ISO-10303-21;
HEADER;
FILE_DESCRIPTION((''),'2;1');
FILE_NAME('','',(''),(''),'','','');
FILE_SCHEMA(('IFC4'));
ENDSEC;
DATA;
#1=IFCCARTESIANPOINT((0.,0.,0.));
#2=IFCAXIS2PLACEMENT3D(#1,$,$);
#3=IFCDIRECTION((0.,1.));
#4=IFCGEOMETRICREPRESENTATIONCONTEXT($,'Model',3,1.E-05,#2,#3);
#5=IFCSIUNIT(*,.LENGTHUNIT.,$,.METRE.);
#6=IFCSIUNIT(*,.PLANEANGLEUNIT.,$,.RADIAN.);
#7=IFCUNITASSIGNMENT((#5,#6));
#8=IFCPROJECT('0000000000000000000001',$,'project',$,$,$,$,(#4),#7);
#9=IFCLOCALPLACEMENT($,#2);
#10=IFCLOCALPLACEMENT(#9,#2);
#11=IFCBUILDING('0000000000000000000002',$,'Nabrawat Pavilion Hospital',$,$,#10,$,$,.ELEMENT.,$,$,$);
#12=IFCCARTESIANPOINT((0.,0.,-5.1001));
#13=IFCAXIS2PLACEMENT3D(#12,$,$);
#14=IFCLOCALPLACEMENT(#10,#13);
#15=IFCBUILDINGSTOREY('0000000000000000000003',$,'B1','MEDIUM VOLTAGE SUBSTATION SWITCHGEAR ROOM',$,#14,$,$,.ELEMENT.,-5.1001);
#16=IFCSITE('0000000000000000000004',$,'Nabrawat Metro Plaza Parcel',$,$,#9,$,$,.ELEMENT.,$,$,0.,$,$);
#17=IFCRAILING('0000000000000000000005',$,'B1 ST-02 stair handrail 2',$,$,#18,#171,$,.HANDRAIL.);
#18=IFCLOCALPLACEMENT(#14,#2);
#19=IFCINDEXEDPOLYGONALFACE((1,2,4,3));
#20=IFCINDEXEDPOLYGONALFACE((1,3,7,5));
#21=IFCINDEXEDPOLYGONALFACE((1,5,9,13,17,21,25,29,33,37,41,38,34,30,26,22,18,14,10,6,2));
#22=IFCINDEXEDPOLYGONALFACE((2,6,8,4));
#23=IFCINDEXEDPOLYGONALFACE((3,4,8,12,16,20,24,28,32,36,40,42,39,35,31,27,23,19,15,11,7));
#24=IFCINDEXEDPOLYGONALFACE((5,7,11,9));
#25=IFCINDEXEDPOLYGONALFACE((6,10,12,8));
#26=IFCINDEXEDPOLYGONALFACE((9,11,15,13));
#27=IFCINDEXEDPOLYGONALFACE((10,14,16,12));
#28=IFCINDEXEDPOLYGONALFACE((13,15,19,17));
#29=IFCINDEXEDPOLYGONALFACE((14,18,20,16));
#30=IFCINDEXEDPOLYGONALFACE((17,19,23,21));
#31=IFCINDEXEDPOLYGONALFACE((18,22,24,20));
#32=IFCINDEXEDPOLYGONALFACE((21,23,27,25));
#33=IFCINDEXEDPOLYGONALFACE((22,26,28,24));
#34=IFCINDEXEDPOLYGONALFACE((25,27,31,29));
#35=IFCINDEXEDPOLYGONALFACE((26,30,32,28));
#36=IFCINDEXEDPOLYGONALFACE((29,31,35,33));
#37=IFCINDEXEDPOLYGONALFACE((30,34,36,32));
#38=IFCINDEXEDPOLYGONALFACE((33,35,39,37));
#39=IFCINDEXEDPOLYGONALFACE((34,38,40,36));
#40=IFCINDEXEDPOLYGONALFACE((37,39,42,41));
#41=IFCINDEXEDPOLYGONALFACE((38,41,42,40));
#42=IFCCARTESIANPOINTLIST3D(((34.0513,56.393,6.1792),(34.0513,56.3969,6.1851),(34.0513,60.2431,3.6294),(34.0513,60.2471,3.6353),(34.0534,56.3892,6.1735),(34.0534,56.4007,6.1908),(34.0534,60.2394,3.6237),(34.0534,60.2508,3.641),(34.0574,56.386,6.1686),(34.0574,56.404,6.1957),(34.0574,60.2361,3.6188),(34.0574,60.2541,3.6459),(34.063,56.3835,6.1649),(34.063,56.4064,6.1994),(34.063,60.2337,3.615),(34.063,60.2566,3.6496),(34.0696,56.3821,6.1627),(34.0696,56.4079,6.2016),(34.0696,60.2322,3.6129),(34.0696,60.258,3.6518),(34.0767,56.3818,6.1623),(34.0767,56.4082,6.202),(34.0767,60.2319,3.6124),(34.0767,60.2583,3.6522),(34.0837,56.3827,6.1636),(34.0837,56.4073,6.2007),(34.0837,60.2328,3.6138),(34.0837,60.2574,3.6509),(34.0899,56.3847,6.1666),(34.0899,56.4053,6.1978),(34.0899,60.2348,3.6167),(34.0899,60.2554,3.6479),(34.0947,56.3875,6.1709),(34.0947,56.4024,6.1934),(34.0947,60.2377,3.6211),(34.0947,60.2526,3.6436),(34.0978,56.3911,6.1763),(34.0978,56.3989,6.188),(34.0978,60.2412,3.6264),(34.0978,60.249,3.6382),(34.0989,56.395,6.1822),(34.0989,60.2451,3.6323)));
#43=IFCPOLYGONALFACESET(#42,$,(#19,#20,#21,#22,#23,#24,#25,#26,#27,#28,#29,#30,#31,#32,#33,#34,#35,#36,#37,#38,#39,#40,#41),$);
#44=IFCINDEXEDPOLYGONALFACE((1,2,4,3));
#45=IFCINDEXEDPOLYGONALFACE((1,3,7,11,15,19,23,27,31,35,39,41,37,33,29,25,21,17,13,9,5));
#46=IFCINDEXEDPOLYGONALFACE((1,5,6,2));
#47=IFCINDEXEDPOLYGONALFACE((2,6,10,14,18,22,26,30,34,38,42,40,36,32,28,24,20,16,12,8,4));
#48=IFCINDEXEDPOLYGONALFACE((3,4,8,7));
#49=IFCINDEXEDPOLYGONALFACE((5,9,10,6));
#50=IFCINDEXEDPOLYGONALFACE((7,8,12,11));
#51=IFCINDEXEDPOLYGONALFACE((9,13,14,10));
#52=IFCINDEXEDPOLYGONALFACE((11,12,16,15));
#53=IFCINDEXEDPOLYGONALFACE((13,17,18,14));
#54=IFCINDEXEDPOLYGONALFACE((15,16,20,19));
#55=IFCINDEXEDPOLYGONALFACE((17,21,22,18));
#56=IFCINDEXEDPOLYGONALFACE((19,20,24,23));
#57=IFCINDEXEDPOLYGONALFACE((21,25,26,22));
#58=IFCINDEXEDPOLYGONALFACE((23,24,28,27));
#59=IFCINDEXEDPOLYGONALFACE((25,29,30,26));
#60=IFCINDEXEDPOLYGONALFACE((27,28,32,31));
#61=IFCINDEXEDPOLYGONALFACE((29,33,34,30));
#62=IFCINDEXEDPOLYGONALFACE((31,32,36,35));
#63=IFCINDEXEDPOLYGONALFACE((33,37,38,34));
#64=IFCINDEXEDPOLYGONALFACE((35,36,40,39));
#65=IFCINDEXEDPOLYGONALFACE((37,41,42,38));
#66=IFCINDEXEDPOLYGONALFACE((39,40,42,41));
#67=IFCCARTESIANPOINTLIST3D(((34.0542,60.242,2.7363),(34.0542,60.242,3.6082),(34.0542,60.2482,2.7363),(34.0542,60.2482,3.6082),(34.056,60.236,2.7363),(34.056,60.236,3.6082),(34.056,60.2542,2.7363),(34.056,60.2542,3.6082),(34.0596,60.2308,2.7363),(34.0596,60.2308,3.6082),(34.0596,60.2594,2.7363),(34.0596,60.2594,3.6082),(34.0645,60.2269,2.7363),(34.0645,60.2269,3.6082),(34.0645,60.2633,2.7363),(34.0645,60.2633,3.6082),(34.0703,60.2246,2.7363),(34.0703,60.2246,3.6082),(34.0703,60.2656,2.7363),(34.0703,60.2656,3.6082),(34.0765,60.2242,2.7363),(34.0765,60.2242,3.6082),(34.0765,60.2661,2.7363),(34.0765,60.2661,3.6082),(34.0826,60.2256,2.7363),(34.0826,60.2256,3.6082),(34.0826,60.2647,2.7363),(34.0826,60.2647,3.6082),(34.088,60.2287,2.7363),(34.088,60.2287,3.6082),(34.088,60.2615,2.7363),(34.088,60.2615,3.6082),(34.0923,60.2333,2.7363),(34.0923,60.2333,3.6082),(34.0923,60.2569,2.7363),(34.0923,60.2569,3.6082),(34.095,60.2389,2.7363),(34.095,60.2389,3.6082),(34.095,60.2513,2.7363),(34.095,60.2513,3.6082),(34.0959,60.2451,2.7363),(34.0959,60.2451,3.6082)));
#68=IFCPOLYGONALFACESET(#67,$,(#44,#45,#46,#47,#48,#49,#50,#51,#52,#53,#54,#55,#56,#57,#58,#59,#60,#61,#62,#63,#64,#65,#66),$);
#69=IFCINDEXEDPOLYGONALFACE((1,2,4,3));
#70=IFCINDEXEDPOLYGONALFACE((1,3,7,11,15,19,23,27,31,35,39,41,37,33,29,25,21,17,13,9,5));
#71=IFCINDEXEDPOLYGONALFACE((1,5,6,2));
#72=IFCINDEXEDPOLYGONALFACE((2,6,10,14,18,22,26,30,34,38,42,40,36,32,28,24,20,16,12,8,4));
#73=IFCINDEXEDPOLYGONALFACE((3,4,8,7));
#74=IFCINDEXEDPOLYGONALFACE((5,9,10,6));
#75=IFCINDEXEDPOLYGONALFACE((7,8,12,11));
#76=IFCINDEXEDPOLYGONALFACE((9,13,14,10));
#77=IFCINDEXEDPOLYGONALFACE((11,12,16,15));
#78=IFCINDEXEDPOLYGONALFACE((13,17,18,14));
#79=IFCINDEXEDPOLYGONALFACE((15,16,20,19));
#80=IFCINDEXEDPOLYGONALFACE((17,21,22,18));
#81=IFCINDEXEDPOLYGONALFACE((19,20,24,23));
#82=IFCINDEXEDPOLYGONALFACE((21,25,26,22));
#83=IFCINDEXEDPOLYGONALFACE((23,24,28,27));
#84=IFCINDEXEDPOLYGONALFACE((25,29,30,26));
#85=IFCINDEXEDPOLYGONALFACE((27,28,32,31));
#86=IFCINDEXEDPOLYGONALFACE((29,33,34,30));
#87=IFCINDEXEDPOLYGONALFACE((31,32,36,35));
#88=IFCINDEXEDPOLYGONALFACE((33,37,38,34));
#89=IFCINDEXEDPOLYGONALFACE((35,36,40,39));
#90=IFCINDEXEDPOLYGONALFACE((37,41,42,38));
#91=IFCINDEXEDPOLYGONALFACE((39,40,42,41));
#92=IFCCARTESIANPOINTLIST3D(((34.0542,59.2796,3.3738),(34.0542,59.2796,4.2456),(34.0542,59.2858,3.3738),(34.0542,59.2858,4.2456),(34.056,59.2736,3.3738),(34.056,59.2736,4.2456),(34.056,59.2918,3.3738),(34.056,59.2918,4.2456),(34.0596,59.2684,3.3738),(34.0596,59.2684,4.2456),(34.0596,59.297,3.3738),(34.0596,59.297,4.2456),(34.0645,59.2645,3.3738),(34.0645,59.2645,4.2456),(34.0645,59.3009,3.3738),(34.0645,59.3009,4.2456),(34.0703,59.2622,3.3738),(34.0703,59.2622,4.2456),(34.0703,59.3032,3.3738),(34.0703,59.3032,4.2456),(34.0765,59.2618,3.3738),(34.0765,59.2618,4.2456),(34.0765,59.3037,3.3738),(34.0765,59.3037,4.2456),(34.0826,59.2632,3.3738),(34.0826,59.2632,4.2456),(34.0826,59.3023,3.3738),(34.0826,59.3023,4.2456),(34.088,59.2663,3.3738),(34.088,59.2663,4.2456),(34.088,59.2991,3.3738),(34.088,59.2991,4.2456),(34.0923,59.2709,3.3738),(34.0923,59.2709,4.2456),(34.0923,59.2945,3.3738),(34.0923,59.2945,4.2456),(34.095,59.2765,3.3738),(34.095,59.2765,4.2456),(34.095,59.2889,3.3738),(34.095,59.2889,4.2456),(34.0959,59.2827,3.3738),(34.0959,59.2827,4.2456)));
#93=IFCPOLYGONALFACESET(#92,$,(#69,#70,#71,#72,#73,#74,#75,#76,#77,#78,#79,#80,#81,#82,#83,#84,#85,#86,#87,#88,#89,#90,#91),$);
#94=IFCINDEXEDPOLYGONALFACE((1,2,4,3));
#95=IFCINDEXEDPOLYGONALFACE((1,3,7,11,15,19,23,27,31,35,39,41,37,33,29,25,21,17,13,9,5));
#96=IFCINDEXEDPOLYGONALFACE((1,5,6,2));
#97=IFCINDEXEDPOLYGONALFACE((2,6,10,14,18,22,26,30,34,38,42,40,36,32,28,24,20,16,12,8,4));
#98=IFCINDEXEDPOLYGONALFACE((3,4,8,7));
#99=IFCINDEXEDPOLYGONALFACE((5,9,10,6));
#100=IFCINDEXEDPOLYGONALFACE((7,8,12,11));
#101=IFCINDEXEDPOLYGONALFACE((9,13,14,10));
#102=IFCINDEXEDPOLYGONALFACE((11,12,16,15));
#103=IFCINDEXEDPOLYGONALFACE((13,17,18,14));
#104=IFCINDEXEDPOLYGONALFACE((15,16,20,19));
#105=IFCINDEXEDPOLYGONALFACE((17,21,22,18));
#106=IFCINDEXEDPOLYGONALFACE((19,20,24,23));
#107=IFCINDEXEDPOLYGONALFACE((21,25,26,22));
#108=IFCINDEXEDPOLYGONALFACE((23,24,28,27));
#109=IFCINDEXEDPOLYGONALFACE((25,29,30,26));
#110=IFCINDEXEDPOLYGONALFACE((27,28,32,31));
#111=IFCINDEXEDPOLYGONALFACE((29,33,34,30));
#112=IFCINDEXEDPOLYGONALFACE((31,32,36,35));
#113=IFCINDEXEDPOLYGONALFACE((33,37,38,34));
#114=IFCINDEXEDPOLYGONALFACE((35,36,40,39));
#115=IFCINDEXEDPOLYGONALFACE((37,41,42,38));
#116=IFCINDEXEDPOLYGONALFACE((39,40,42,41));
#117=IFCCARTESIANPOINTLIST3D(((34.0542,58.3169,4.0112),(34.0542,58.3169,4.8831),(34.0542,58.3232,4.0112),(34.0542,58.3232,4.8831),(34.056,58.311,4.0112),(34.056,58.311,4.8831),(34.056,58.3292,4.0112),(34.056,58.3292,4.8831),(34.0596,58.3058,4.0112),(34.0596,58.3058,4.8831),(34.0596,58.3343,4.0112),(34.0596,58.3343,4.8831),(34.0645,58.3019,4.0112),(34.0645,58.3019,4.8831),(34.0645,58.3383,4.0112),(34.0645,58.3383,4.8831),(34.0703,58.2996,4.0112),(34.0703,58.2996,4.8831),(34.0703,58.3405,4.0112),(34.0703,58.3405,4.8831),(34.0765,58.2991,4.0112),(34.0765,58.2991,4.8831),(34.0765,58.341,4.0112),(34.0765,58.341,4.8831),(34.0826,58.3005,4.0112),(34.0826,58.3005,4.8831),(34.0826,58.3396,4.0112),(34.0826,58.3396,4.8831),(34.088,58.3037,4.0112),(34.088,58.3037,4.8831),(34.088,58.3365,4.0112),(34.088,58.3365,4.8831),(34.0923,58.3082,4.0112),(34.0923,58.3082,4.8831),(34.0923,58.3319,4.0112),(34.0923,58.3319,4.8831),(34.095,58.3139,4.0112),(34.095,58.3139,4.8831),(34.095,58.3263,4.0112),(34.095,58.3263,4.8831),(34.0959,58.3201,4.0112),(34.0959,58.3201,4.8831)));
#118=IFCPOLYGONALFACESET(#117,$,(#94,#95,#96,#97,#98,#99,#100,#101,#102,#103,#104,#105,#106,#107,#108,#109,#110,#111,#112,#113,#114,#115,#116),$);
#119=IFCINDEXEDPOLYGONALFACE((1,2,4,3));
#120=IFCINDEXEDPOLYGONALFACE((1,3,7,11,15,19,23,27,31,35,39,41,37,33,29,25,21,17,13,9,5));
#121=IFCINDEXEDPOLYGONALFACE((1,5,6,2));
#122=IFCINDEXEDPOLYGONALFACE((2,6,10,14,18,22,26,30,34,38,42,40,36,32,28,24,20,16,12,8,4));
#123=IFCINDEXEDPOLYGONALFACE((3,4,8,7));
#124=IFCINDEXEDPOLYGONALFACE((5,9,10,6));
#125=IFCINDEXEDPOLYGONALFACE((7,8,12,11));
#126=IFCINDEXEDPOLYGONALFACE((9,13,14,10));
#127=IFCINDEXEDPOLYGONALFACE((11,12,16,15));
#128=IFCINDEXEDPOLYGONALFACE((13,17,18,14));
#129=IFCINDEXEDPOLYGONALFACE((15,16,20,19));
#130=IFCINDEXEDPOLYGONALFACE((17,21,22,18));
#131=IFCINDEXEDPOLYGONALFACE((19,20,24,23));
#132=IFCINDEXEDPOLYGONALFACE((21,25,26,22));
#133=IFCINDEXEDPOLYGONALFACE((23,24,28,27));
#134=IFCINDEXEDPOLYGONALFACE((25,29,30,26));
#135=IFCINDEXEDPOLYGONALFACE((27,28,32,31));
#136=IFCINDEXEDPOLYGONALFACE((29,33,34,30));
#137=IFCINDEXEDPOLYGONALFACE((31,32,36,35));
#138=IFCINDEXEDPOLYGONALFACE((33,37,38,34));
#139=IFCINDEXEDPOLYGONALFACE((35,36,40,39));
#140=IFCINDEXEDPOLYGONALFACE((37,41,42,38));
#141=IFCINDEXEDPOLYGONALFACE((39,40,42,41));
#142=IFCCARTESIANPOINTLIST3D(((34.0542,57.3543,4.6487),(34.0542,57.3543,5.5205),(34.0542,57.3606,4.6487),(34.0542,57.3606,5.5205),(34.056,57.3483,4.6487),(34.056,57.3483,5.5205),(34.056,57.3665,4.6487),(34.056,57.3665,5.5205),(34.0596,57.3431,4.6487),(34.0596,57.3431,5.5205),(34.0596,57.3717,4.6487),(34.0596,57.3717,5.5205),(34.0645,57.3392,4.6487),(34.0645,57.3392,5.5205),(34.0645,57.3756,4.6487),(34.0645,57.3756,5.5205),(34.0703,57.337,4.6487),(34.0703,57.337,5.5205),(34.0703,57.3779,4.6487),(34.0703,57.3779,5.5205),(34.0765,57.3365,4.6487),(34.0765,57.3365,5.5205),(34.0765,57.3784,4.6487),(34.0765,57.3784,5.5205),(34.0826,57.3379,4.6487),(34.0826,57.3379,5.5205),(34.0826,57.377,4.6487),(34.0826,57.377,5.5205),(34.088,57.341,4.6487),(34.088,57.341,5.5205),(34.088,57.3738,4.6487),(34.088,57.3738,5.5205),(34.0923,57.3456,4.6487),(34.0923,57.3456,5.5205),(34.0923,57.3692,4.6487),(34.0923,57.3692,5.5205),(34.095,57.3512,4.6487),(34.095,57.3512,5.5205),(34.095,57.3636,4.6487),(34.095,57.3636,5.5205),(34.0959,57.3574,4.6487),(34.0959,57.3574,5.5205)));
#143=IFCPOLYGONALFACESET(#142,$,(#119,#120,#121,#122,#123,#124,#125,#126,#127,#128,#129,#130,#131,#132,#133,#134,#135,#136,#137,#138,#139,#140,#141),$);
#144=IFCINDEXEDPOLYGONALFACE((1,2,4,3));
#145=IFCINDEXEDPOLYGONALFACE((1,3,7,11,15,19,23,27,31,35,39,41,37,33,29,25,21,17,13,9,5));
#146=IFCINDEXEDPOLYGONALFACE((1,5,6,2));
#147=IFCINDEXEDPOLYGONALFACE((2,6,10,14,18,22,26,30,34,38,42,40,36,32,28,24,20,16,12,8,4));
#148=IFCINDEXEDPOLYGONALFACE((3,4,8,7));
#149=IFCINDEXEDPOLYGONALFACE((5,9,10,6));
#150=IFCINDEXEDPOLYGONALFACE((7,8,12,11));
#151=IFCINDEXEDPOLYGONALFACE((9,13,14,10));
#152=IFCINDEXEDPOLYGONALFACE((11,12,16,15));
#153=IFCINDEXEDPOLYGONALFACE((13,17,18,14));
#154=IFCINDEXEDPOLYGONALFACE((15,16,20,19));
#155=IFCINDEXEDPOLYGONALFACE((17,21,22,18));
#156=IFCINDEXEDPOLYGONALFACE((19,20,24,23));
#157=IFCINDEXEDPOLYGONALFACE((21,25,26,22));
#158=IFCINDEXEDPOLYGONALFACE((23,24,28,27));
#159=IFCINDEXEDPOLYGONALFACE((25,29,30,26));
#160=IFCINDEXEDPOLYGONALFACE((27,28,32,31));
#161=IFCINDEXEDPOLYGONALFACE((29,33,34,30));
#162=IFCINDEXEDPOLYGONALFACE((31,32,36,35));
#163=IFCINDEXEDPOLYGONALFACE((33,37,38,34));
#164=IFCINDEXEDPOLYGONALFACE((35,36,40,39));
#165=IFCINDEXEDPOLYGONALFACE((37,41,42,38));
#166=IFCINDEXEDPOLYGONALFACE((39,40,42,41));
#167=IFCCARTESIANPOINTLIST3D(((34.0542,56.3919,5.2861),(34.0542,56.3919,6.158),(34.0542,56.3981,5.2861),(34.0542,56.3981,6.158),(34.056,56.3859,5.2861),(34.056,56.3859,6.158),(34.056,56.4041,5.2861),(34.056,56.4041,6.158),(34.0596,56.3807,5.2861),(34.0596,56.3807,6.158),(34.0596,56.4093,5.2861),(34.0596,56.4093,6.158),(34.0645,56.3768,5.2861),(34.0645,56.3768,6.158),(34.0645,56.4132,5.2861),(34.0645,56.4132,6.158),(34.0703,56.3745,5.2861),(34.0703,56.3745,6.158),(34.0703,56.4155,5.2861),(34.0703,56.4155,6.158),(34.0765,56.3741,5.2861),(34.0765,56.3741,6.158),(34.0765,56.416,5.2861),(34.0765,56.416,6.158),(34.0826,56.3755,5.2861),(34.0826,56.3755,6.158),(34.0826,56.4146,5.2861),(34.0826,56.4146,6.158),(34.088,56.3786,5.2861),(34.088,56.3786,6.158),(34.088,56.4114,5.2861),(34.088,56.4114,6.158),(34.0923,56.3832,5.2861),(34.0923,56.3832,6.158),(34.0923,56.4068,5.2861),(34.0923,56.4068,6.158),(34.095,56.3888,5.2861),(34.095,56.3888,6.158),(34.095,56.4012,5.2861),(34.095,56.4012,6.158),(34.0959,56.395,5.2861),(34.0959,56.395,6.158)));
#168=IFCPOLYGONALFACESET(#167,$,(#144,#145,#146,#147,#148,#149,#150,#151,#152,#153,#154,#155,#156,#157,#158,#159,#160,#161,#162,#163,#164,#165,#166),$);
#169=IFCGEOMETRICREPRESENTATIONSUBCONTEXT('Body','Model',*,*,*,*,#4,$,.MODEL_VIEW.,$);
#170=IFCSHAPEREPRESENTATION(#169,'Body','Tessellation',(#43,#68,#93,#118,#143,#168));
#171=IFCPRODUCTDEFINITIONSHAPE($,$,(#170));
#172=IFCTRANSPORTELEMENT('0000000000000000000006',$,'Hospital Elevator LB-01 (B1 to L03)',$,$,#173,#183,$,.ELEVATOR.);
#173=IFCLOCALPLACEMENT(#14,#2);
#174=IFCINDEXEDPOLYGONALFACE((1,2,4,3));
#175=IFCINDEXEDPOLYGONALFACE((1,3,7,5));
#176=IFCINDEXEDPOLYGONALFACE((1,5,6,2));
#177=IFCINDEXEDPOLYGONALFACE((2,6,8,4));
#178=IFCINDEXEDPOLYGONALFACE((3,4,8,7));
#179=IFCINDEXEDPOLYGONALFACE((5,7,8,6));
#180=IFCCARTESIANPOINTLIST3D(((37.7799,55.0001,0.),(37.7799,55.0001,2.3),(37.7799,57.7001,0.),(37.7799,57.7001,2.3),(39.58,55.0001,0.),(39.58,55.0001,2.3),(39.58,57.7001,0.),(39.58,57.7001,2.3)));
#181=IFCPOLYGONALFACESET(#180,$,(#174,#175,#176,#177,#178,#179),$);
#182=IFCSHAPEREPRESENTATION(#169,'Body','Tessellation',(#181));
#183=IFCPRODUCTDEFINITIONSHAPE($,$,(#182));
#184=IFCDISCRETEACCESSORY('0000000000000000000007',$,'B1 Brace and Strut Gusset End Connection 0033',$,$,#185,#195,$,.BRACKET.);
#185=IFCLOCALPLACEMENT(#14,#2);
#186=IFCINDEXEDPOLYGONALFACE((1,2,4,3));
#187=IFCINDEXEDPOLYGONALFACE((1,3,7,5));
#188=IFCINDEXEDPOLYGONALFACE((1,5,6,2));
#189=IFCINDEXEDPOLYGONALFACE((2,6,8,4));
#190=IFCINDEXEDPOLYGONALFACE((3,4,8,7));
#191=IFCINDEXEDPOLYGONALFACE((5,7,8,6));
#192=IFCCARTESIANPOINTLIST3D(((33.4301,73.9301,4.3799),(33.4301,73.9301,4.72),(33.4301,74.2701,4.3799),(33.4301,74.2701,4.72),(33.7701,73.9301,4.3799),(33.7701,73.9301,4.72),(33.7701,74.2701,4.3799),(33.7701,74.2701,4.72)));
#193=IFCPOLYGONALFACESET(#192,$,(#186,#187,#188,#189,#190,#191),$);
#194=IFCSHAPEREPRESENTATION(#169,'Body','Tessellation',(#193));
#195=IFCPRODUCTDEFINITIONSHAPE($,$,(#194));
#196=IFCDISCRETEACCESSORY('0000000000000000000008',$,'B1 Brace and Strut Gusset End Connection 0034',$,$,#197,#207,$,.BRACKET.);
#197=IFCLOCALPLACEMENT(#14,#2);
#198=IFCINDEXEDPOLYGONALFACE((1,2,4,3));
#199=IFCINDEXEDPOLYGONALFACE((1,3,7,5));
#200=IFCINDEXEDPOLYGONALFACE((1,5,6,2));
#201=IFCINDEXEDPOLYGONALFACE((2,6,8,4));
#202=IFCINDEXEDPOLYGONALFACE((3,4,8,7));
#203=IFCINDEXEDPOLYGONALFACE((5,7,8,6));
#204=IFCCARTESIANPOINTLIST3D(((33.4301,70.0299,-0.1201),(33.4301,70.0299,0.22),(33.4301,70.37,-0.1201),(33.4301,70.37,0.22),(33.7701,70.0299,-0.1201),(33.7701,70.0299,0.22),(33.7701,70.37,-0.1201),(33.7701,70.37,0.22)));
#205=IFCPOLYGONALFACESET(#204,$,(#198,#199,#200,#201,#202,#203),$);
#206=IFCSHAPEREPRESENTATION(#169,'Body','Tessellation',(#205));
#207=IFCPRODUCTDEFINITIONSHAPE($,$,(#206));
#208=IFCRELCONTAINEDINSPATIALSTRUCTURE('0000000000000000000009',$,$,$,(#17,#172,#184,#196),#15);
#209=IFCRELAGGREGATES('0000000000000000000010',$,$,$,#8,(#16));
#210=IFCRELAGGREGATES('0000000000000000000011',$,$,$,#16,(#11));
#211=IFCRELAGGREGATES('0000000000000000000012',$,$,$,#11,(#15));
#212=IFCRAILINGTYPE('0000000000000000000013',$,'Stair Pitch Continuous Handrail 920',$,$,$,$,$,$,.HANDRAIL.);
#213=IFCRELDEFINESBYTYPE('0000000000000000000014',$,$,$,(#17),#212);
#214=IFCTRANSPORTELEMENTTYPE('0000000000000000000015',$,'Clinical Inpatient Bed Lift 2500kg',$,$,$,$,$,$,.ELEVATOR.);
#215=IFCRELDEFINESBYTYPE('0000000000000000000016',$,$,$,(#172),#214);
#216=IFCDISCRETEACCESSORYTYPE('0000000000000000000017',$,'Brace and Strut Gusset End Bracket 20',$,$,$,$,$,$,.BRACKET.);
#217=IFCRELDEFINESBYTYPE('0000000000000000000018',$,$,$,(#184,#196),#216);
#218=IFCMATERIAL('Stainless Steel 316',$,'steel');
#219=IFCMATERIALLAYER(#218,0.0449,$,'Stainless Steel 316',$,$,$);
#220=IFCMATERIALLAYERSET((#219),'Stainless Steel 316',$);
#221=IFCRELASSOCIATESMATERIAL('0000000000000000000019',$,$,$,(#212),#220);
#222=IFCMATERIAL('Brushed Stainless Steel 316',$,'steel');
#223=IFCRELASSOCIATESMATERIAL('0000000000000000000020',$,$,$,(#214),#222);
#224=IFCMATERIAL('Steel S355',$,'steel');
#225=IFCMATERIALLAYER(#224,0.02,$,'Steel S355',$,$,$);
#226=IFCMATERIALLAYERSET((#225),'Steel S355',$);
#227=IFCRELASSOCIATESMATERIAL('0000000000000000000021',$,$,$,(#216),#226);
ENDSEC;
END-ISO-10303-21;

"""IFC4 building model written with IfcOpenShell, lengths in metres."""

from ifc_helpers import new_model, si_unit, direction, frame, origin, origin_2d, place, context, subcontext, project, spatial, rectangle, circle, extrude, material, layer, layer_set, type_object, element, save


model = new_model("IFC4")

# Units and contexts
model_context = context("Model", 3, precision=1e-05, world=origin(), true_north=direction((0.0, 1.0)))
body_context = subcontext(model_context, "Body", "Model", "MODEL_VIEW")
ifc_project = project(units=[si_unit("LENGTHUNIT", "METRE"), si_unit("PLANEANGLEUNIT", "RADIAN")], contexts=[model_context])

# Site, building, storey
site_placement = place(None, origin())
site = spatial("IfcSite", under=ifc_project, at=site_placement, Name="Nabrawat Metro Plaza Parcel", CompositionType="ELEMENT", RefElevation=0.0)
building_placement = place(site_placement, origin())
building = spatial("IfcBuilding", under=site, at=building_placement, Name="Nabrawat Pavilion Hospital", CompositionType="ELEMENT")
storey_placement = place(building_placement, frame((0.0, 0.0, -5.1001)))
storey = spatial("IfcBuildingStorey", under=building, at=storey_placement, Name="B1", Description="MEDIUM VOLTAGE SUBSTATION SWITCHGEAR ROOM", CompositionType="ELEMENT", Elevation=-5.1001)

# Shared definitions
ifc_material_1 = material(Name="Steel S355", Category="steel")

# Railing
ifc_material_2 = material(Name="Stainless Steel 316", Category="steel")
ifc_layer_1 = layer(ifc_material_2, 0.0449, Name="Stainless Steel 316")
ifc_layer_set_1 = layer_set([ifc_layer_1], Name="Stainless Steel 316")
railing_type_1 = type_object("IfcRailingType", Name="Stair Pitch Continuous Handrail 920", PredefinedType="HANDRAIL", material=ifc_layer_set_1)
railing_1_placement = place(storey_placement, frame((34.075, 60.2451, 2.7363)))
element("IfcRailing", 1, at=railing_1_placement, inside=storey, type_object=railing_type_1, Name="B1 ST-02 stair handrail 2", PredefinedType="HANDRAIL", context=body_context, shape_type="SweptSolid", body=[
    extrude(circle(Radius=0.0239, at=origin_2d()), frame((0.0, 0.0, 0.896), z_axis=(0.0, -0.833738, 0.55216), x_axis=(1.0, 0.0, 0.0)), (0.0, 0.0, 1.0), 4.6179),
    extrude(circle(Radius=0.021, at=origin_2d()), origin(), (0.0, 0.0, 1.0), 0.8718),
    extrude(circle(Radius=0.021, at=origin_2d()), frame((0.0, -0.9624, 0.6375)), (0.0, 0.0, 1.0), 0.8718),
    extrude(circle(Radius=0.021, at=origin_2d()), frame((0.0, -1.925, 1.2749)), (0.0, 0.0, 1.0), 0.8718),
    extrude(circle(Radius=0.021, at=origin_2d()), frame((0.0, -2.8877, 1.9124)), (0.0, 0.0, 1.0), 0.8718),
    extrude(circle(Radius=0.021, at=origin_2d()), frame((0.0, -3.8501, 2.5498)), (0.0, 0.0, 1.0), 0.8718),
])

# Transport element
ifc_material_3 = material(Name="Brushed Stainless Steel 316", Category="steel")
transport_element_type = type_object("IfcTransportElementType", Name="Clinical Inpatient Bed Lift 2500kg", PredefinedType="ELEVATOR", material=ifc_material_3)
transport_element_placement = place(storey_placement, frame((38.6799, 56.3501, 0.0), z_axis=(0.0, 0.0, 1.0), x_axis=(1.0, 0.0, 0.0)))
element("IfcTransportElement", 2, at=transport_element_placement, inside=storey, type_object=transport_element_type, Name="Hospital Elevator LB-01 (B1 to L03)", PredefinedType="ELEVATOR", context=body_context, shape_type="SweptSolid", body=[
    extrude(rectangle(XDim=1.8, YDim=2.7, at=origin_2d()), origin(), (0.0, 0.0, 1.0), 2.3),
])

# Discrete accessories
ifc_layer_2 = layer(ifc_material_1, 0.02, Name="Steel S355")
ifc_layer_set_2 = layer_set([ifc_layer_2], Name="Steel S355")
discrete_accessory_type = type_object("IfcDiscreteAccessoryType", Name="Brace and Strut Gusset End Bracket 20", PredefinedType="BRACKET", material=ifc_layer_set_2)
for number, where, z_axis, x_axis, name in (
    (3, (33.6001, 74.1001, 4.3799), (0.0, 0.0, 1.0), (1.0, 0.0, 0.0), "B1 Brace and Strut Gusset End Connection 0033"),
    (4, (33.6001, 70.2, -0.1201), (0.0, 0.0, 1.0), (1.0, 0.0, 0.0), "B1 Brace and Strut Gusset End Connection 0034"),
):
    element("IfcDiscreteAccessory", number, at=place(storey_placement, frame(where, z_axis=z_axis, x_axis=x_axis)), inside=storey, type_object=discrete_accessory_type, Name=name, PredefinedType="BRACKET", context=body_context, shape_type="SweptSolid", body=[
        extrude(rectangle(XDim=0.3401, YDim=0.3401, at=origin_2d()), origin(), (0.0, 0.0, 1.0), 0.3401),
    ])

save(model, "model.ifc")
